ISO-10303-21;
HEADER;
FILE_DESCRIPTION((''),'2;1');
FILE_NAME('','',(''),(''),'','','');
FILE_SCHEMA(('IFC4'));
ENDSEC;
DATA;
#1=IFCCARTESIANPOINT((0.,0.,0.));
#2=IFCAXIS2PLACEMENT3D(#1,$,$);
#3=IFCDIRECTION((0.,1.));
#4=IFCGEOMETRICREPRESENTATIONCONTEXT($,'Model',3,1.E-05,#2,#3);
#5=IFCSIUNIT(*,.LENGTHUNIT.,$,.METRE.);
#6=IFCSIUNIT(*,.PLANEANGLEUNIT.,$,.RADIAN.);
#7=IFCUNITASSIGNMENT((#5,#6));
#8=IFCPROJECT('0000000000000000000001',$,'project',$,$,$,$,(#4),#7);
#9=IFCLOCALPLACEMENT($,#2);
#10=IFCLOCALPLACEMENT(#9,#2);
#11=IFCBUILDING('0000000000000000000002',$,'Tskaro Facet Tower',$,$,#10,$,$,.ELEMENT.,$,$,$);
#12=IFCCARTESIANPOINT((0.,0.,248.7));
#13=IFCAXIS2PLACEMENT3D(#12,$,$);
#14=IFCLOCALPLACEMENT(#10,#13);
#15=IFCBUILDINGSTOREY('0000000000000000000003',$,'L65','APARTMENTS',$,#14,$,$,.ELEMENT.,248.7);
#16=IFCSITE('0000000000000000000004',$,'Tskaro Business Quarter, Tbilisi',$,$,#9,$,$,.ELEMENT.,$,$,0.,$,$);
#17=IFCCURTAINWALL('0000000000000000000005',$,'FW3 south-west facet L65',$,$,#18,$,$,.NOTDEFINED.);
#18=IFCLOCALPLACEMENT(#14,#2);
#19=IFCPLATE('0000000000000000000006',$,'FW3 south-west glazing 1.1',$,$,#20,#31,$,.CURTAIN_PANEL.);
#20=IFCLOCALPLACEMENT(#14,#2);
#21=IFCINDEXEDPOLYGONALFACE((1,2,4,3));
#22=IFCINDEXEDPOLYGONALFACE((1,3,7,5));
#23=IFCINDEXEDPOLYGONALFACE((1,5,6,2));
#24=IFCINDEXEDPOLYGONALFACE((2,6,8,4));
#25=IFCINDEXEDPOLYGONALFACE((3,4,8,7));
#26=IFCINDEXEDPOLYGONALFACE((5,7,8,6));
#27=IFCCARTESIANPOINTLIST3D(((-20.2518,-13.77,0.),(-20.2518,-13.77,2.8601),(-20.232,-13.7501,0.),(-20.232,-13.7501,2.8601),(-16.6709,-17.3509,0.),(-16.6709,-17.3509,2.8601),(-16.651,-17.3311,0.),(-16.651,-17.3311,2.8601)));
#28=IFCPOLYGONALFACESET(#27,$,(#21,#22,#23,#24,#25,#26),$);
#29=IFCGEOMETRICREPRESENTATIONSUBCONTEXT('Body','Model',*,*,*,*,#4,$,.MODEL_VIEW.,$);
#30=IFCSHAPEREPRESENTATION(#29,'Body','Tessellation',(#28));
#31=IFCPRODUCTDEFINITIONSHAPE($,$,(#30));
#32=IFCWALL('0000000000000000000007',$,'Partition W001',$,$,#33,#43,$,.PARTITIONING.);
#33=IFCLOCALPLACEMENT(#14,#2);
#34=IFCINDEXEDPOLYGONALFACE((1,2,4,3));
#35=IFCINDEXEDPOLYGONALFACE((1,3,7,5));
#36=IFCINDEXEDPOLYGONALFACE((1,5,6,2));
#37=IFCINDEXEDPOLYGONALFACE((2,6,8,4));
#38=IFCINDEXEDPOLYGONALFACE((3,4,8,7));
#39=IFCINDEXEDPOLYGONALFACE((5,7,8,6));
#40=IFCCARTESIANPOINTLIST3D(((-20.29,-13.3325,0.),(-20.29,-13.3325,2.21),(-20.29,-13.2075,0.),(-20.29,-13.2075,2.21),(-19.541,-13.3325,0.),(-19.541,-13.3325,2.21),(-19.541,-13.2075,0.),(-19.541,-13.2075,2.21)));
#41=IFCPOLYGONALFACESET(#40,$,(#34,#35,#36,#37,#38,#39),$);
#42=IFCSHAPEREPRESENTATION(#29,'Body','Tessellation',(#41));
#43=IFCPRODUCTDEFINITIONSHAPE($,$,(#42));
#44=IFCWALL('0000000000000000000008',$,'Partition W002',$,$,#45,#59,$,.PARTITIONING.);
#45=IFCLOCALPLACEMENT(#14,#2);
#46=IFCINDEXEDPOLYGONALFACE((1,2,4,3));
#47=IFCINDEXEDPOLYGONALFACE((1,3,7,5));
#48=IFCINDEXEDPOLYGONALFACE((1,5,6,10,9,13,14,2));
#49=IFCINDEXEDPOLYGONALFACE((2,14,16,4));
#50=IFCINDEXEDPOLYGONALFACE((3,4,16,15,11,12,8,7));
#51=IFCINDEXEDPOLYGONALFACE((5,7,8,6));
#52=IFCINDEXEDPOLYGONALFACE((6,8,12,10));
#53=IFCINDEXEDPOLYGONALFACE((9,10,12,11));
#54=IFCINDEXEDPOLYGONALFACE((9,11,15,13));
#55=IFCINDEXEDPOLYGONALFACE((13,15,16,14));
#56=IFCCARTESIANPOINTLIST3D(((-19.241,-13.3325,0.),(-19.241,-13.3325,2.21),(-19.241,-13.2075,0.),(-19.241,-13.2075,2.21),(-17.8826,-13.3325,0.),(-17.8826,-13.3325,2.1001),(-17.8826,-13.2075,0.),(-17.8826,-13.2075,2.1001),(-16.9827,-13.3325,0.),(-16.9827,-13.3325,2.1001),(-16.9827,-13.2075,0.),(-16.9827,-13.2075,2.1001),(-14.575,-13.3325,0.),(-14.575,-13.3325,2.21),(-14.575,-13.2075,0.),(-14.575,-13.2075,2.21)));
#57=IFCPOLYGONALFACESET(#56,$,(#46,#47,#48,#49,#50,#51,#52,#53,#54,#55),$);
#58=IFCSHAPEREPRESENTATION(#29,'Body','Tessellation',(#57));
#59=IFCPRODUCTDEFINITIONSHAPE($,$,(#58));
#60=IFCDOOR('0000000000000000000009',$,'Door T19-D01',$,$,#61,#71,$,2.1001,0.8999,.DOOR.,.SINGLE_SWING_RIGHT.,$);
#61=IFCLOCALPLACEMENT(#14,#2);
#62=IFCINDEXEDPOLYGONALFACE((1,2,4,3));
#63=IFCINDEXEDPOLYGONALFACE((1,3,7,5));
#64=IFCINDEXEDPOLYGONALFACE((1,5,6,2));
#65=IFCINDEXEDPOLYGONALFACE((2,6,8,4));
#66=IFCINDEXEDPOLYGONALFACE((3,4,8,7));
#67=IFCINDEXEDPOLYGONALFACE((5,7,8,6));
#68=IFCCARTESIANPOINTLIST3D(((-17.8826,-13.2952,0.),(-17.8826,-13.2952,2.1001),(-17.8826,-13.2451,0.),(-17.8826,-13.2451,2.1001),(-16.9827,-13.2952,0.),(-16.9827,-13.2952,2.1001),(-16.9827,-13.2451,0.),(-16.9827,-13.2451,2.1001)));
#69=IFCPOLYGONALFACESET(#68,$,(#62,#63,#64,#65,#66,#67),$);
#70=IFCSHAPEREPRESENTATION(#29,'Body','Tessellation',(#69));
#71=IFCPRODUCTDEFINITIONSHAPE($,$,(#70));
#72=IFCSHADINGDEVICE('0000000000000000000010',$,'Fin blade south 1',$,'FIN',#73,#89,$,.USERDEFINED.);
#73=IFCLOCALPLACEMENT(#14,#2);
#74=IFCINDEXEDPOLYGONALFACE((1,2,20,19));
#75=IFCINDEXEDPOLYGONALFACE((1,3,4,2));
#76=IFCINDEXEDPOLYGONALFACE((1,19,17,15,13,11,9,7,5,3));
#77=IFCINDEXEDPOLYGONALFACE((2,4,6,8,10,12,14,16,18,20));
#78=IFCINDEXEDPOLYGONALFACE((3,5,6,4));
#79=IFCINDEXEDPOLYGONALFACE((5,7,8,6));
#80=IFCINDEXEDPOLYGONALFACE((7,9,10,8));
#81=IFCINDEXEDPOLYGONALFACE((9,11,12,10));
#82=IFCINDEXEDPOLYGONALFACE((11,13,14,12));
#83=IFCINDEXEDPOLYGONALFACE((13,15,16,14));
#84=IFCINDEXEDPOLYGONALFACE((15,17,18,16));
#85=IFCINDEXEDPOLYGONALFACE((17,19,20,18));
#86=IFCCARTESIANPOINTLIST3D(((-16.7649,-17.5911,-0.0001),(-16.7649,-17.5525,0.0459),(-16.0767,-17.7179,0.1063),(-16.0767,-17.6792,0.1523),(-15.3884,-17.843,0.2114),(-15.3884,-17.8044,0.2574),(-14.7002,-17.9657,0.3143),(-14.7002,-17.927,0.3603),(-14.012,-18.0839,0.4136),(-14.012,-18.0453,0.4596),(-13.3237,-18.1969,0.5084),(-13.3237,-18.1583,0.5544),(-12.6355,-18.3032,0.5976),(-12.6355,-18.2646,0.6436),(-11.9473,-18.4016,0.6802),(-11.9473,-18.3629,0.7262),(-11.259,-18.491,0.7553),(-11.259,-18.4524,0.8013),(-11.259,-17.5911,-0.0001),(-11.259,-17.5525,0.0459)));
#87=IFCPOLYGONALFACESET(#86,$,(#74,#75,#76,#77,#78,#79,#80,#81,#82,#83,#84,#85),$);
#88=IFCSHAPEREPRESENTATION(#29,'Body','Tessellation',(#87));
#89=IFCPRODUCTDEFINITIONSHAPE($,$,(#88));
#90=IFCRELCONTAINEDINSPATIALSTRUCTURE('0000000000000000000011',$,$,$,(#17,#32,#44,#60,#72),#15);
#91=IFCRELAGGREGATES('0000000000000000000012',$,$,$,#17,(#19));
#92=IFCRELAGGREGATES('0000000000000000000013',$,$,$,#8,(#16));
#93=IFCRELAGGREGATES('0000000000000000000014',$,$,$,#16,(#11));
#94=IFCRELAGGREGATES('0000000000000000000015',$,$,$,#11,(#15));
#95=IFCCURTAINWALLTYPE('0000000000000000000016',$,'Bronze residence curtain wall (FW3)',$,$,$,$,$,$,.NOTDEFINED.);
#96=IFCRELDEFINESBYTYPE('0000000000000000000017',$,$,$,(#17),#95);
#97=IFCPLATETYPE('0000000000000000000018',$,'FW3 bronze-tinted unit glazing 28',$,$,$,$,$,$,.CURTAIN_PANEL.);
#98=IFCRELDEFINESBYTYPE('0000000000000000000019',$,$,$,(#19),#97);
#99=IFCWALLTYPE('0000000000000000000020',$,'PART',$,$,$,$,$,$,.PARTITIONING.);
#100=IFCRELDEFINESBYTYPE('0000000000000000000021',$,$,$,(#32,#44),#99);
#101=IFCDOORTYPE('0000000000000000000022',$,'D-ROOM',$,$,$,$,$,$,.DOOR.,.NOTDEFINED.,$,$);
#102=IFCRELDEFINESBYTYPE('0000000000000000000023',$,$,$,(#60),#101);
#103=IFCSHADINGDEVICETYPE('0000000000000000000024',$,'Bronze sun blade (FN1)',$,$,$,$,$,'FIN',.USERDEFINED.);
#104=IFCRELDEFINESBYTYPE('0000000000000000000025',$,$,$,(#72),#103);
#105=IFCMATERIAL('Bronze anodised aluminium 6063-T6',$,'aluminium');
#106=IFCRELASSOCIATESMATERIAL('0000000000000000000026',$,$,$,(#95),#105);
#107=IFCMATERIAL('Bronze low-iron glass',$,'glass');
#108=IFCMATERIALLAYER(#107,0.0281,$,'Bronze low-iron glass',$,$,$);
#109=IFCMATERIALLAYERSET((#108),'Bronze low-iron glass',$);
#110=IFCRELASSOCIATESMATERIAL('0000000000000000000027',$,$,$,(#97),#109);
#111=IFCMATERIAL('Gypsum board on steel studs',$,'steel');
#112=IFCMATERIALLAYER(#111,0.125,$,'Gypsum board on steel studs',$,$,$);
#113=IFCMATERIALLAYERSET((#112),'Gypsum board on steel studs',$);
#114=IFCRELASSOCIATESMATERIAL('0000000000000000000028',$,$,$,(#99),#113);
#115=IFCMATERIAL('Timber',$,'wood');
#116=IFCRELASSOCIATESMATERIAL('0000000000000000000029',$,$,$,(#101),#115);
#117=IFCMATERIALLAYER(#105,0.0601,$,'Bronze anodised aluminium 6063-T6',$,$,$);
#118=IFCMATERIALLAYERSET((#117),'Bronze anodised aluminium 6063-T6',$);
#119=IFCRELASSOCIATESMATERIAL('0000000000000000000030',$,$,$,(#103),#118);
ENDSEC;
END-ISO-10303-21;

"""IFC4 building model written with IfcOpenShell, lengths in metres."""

from ifc_helpers import new_model, si_unit, direction, frame, frame_2d, origin, origin_2d, place, context, subcontext, project, spatial, polyline, rectangle, outline, extrude, material, layer, layer_set, type_object, element, fill, aggregate, save


model = new_model("IFC4")

# Units and contexts
model_context = context("Model", 3, precision=1e-05, world=origin(), true_north=direction((0.0, 1.0)))
body_context = subcontext(model_context, "Body", "Model", "MODEL_VIEW")
ifc_project = project(units=[si_unit("LENGTHUNIT", "METRE"), si_unit("PLANEANGLEUNIT", "RADIAN")], contexts=[model_context])

# Site, building, storey
site_placement = place(None, origin())
site = spatial("IfcSite", under=ifc_project, at=site_placement, Name="Tskaro Business Quarter, Tbilisi", CompositionType="ELEMENT", RefElevation=0.0)
building_placement = place(site_placement, origin())
building = spatial("IfcBuilding", under=site, at=building_placement, Name="Tskaro Facet Tower", CompositionType="ELEMENT")
storey_placement = place(building_placement, frame((0.0, 0.0, 248.7)))
storey = spatial("IfcBuildingStorey", under=building, at=storey_placement, Name="L65", Description="APARTMENTS", CompositionType="ELEMENT", Elevation=248.7)

# Curtain wall
ifc_material_1 = material(Name="Bronze anodised aluminium 6063-T6", Category="aluminium")
curtain_wall_type = type_object("IfcCurtainWallType", Name="Bronze residence curtain wall (FW3)", PredefinedType="NOTDEFINED", material=ifc_material_1)
curtain_wall_1_placement = place(storey_placement, origin())
curtain_wall_1 = element("IfcCurtainWall", 1, at=curtain_wall_1_placement, inside=storey, type_object=curtain_wall_type, Name="FW3 south-west facet L65", PredefinedType="NOTDEFINED")

# Plate
ifc_material_2 = material(Name="Bronze low-iron glass", Category="glass")
ifc_layer_1 = layer(ifc_material_2, 0.0281, Name="Bronze low-iron glass")
ifc_layer_set_1 = layer_set([ifc_layer_1], Name="Bronze low-iron glass")
plate_type = type_object("IfcPlateType", Name="FW3 bronze-tinted unit glazing 28", PredefinedType="CURTAIN_PANEL", material=ifc_layer_set_1)
plate_1_placement = place(storey_placement, frame((-18.4514, -15.5505, 0.0), z_axis=(0.0, 0.0, 1.0), x_axis=(0.707107, -0.707107, 0.0)))
plate_1 = element("IfcPlate", 2, at=plate_1_placement, type_object=plate_type, Name="FW3 south-west glazing 1.1", PredefinedType="CURTAIN_PANEL", context=body_context, shape_type="SweptSolid", body=[
    extrude(rectangle(XDim=5.0642, YDim=0.0281, at=origin_2d()), origin(), (0.0, 0.0, 1.0), 2.8601),
])
aggregate(curtain_wall_1, [plate_1])

# Wall
ifc_material_3 = material(Name="Gypsum board on steel studs", Category="steel")
ifc_layer_2 = layer(ifc_material_3, 0.125, Name="Gypsum board on steel studs")
ifc_layer_set_2 = layer_set([ifc_layer_2], Name="Gypsum board on steel studs")
wall_type = type_object("IfcWallType", Name="PART", PredefinedType="PARTITIONING", material=ifc_layer_set_2)
wall_1_placement = place(storey_placement, frame((-20.29, -13.27, 0.0), z_axis=(0.0, 0.0, 1.0), x_axis=(1.0, 0.0, 0.0)))
element("IfcWall", 3, at=wall_1_placement, inside=storey, type_object=wall_type, Name="Partition W001", PredefinedType="PARTITIONING", context=body_context, shape_type="SweptSolid", body=[
    extrude(rectangle(XDim=0.749, YDim=0.125, at=frame_2d((0.3745, 0.0))), origin(), (0.0, 0.0, 1.0), 2.21),
])

# Wall, opening, door
wall_2_placement = place(storey_placement, frame((-19.241, -13.27, 0.0), z_axis=(0.0, 0.0, 1.0), x_axis=(1.0, 0.0, 0.0)))
wall_2 = element("IfcWall", 4, at=wall_2_placement, inside=storey, type_object=wall_type, Name="Partition W002", PredefinedType="PARTITIONING", context=body_context, shape_type="SweptSolid", body=[
    extrude(rectangle(XDim=4.666, YDim=0.125, at=frame_2d((2.333, 0.0))), origin(), (0.0, 0.0, 1.0), 2.21),
])
opening_placement = place(wall_2_placement, frame((1.3584, 0.0, 0.0)))
opening = element("IfcOpeningElement", 5, at=opening_placement, cuts=wall_2, PredefinedType="OPENING", context=body_context, shape_type="SweptSolid", body=[
    extrude(rectangle(XDim=0.8999, YDim=2.1001, at=frame_2d((0.45, 1.05))), frame((0.0, 0.0725, 0.0), z_axis=(0.0, -1.0, 0.0), x_axis=(1.0, 0.0, 0.0)), (0.0, 0.0, 1.0), 0.145),
])
ifc_material_4 = material(Name="Timber", Category="wood")
door_type = type_object("IfcDoorType", Name="D-ROOM", OperationType="NOTDEFINED", PredefinedType="DOOR", material=ifc_material_4)
door_placement = place(opening_placement, origin())
door = element("IfcDoor", 6, at=door_placement, inside=storey, type_object=door_type, Name="Door T19-D01", OperationType="SINGLE_SWING_RIGHT", OverallHeight=2.1001, OverallWidth=0.8999, PredefinedType="DOOR", context=body_context, shape_type="SweptSolid", body=[
    extrude(rectangle(XDim=0.8999, YDim=2.1001, at=frame_2d((0.45, 1.05))), frame((0.0, 0.0249, 0.0), z_axis=(0.0, -1.0, 0.0), x_axis=(1.0, 0.0, 0.0)), (0.0, 0.0, 1.0), 0.05),
])
fill(opening, door)

# Shading device
ifc_layer_3 = layer(ifc_material_1, 0.0601, Name="Bronze anodised aluminium 6063-T6")
ifc_layer_set_3 = layer_set([ifc_layer_3], Name="Bronze anodised aluminium 6063-T6")
shading_device_type = type_object("IfcShadingDeviceType", Name="Bronze sun blade (FN1)", ElementType="FIN", PredefinedType="USERDEFINED", material=ifc_layer_set_3)
shading_device_placement = place(storey_placement, frame((-16.7649, -17.5525, 0.0459), z_axis=(-0.000007, 0.642888, 0.76596), x_axis=(1.0, 0.000005, 0.000005)))
element("IfcShadingDevice", 7, at=shading_device_placement, inside=storey, type_object=shading_device_type, Name="Fin blade south 1", ObjectType="FIN", PredefinedType="USERDEFINED", context=body_context, shape_type="SweptSolid", body=[
    extrude(outline(polyline([(0.0, 0.0), (5.5059, 0.0), (5.5059, -1.1749), (4.8176, -1.0581), (4.1294, -0.9297), (3.4412, -0.7909), (2.7529, -0.6434), (2.0647, -0.489), (1.3765, -0.3289), (0.6882, -0.1655), (0.0, 0.0)])), origin(), (0.0, 0.0, -1.0), 0.0601),
])

save(model, "model.ifc")
